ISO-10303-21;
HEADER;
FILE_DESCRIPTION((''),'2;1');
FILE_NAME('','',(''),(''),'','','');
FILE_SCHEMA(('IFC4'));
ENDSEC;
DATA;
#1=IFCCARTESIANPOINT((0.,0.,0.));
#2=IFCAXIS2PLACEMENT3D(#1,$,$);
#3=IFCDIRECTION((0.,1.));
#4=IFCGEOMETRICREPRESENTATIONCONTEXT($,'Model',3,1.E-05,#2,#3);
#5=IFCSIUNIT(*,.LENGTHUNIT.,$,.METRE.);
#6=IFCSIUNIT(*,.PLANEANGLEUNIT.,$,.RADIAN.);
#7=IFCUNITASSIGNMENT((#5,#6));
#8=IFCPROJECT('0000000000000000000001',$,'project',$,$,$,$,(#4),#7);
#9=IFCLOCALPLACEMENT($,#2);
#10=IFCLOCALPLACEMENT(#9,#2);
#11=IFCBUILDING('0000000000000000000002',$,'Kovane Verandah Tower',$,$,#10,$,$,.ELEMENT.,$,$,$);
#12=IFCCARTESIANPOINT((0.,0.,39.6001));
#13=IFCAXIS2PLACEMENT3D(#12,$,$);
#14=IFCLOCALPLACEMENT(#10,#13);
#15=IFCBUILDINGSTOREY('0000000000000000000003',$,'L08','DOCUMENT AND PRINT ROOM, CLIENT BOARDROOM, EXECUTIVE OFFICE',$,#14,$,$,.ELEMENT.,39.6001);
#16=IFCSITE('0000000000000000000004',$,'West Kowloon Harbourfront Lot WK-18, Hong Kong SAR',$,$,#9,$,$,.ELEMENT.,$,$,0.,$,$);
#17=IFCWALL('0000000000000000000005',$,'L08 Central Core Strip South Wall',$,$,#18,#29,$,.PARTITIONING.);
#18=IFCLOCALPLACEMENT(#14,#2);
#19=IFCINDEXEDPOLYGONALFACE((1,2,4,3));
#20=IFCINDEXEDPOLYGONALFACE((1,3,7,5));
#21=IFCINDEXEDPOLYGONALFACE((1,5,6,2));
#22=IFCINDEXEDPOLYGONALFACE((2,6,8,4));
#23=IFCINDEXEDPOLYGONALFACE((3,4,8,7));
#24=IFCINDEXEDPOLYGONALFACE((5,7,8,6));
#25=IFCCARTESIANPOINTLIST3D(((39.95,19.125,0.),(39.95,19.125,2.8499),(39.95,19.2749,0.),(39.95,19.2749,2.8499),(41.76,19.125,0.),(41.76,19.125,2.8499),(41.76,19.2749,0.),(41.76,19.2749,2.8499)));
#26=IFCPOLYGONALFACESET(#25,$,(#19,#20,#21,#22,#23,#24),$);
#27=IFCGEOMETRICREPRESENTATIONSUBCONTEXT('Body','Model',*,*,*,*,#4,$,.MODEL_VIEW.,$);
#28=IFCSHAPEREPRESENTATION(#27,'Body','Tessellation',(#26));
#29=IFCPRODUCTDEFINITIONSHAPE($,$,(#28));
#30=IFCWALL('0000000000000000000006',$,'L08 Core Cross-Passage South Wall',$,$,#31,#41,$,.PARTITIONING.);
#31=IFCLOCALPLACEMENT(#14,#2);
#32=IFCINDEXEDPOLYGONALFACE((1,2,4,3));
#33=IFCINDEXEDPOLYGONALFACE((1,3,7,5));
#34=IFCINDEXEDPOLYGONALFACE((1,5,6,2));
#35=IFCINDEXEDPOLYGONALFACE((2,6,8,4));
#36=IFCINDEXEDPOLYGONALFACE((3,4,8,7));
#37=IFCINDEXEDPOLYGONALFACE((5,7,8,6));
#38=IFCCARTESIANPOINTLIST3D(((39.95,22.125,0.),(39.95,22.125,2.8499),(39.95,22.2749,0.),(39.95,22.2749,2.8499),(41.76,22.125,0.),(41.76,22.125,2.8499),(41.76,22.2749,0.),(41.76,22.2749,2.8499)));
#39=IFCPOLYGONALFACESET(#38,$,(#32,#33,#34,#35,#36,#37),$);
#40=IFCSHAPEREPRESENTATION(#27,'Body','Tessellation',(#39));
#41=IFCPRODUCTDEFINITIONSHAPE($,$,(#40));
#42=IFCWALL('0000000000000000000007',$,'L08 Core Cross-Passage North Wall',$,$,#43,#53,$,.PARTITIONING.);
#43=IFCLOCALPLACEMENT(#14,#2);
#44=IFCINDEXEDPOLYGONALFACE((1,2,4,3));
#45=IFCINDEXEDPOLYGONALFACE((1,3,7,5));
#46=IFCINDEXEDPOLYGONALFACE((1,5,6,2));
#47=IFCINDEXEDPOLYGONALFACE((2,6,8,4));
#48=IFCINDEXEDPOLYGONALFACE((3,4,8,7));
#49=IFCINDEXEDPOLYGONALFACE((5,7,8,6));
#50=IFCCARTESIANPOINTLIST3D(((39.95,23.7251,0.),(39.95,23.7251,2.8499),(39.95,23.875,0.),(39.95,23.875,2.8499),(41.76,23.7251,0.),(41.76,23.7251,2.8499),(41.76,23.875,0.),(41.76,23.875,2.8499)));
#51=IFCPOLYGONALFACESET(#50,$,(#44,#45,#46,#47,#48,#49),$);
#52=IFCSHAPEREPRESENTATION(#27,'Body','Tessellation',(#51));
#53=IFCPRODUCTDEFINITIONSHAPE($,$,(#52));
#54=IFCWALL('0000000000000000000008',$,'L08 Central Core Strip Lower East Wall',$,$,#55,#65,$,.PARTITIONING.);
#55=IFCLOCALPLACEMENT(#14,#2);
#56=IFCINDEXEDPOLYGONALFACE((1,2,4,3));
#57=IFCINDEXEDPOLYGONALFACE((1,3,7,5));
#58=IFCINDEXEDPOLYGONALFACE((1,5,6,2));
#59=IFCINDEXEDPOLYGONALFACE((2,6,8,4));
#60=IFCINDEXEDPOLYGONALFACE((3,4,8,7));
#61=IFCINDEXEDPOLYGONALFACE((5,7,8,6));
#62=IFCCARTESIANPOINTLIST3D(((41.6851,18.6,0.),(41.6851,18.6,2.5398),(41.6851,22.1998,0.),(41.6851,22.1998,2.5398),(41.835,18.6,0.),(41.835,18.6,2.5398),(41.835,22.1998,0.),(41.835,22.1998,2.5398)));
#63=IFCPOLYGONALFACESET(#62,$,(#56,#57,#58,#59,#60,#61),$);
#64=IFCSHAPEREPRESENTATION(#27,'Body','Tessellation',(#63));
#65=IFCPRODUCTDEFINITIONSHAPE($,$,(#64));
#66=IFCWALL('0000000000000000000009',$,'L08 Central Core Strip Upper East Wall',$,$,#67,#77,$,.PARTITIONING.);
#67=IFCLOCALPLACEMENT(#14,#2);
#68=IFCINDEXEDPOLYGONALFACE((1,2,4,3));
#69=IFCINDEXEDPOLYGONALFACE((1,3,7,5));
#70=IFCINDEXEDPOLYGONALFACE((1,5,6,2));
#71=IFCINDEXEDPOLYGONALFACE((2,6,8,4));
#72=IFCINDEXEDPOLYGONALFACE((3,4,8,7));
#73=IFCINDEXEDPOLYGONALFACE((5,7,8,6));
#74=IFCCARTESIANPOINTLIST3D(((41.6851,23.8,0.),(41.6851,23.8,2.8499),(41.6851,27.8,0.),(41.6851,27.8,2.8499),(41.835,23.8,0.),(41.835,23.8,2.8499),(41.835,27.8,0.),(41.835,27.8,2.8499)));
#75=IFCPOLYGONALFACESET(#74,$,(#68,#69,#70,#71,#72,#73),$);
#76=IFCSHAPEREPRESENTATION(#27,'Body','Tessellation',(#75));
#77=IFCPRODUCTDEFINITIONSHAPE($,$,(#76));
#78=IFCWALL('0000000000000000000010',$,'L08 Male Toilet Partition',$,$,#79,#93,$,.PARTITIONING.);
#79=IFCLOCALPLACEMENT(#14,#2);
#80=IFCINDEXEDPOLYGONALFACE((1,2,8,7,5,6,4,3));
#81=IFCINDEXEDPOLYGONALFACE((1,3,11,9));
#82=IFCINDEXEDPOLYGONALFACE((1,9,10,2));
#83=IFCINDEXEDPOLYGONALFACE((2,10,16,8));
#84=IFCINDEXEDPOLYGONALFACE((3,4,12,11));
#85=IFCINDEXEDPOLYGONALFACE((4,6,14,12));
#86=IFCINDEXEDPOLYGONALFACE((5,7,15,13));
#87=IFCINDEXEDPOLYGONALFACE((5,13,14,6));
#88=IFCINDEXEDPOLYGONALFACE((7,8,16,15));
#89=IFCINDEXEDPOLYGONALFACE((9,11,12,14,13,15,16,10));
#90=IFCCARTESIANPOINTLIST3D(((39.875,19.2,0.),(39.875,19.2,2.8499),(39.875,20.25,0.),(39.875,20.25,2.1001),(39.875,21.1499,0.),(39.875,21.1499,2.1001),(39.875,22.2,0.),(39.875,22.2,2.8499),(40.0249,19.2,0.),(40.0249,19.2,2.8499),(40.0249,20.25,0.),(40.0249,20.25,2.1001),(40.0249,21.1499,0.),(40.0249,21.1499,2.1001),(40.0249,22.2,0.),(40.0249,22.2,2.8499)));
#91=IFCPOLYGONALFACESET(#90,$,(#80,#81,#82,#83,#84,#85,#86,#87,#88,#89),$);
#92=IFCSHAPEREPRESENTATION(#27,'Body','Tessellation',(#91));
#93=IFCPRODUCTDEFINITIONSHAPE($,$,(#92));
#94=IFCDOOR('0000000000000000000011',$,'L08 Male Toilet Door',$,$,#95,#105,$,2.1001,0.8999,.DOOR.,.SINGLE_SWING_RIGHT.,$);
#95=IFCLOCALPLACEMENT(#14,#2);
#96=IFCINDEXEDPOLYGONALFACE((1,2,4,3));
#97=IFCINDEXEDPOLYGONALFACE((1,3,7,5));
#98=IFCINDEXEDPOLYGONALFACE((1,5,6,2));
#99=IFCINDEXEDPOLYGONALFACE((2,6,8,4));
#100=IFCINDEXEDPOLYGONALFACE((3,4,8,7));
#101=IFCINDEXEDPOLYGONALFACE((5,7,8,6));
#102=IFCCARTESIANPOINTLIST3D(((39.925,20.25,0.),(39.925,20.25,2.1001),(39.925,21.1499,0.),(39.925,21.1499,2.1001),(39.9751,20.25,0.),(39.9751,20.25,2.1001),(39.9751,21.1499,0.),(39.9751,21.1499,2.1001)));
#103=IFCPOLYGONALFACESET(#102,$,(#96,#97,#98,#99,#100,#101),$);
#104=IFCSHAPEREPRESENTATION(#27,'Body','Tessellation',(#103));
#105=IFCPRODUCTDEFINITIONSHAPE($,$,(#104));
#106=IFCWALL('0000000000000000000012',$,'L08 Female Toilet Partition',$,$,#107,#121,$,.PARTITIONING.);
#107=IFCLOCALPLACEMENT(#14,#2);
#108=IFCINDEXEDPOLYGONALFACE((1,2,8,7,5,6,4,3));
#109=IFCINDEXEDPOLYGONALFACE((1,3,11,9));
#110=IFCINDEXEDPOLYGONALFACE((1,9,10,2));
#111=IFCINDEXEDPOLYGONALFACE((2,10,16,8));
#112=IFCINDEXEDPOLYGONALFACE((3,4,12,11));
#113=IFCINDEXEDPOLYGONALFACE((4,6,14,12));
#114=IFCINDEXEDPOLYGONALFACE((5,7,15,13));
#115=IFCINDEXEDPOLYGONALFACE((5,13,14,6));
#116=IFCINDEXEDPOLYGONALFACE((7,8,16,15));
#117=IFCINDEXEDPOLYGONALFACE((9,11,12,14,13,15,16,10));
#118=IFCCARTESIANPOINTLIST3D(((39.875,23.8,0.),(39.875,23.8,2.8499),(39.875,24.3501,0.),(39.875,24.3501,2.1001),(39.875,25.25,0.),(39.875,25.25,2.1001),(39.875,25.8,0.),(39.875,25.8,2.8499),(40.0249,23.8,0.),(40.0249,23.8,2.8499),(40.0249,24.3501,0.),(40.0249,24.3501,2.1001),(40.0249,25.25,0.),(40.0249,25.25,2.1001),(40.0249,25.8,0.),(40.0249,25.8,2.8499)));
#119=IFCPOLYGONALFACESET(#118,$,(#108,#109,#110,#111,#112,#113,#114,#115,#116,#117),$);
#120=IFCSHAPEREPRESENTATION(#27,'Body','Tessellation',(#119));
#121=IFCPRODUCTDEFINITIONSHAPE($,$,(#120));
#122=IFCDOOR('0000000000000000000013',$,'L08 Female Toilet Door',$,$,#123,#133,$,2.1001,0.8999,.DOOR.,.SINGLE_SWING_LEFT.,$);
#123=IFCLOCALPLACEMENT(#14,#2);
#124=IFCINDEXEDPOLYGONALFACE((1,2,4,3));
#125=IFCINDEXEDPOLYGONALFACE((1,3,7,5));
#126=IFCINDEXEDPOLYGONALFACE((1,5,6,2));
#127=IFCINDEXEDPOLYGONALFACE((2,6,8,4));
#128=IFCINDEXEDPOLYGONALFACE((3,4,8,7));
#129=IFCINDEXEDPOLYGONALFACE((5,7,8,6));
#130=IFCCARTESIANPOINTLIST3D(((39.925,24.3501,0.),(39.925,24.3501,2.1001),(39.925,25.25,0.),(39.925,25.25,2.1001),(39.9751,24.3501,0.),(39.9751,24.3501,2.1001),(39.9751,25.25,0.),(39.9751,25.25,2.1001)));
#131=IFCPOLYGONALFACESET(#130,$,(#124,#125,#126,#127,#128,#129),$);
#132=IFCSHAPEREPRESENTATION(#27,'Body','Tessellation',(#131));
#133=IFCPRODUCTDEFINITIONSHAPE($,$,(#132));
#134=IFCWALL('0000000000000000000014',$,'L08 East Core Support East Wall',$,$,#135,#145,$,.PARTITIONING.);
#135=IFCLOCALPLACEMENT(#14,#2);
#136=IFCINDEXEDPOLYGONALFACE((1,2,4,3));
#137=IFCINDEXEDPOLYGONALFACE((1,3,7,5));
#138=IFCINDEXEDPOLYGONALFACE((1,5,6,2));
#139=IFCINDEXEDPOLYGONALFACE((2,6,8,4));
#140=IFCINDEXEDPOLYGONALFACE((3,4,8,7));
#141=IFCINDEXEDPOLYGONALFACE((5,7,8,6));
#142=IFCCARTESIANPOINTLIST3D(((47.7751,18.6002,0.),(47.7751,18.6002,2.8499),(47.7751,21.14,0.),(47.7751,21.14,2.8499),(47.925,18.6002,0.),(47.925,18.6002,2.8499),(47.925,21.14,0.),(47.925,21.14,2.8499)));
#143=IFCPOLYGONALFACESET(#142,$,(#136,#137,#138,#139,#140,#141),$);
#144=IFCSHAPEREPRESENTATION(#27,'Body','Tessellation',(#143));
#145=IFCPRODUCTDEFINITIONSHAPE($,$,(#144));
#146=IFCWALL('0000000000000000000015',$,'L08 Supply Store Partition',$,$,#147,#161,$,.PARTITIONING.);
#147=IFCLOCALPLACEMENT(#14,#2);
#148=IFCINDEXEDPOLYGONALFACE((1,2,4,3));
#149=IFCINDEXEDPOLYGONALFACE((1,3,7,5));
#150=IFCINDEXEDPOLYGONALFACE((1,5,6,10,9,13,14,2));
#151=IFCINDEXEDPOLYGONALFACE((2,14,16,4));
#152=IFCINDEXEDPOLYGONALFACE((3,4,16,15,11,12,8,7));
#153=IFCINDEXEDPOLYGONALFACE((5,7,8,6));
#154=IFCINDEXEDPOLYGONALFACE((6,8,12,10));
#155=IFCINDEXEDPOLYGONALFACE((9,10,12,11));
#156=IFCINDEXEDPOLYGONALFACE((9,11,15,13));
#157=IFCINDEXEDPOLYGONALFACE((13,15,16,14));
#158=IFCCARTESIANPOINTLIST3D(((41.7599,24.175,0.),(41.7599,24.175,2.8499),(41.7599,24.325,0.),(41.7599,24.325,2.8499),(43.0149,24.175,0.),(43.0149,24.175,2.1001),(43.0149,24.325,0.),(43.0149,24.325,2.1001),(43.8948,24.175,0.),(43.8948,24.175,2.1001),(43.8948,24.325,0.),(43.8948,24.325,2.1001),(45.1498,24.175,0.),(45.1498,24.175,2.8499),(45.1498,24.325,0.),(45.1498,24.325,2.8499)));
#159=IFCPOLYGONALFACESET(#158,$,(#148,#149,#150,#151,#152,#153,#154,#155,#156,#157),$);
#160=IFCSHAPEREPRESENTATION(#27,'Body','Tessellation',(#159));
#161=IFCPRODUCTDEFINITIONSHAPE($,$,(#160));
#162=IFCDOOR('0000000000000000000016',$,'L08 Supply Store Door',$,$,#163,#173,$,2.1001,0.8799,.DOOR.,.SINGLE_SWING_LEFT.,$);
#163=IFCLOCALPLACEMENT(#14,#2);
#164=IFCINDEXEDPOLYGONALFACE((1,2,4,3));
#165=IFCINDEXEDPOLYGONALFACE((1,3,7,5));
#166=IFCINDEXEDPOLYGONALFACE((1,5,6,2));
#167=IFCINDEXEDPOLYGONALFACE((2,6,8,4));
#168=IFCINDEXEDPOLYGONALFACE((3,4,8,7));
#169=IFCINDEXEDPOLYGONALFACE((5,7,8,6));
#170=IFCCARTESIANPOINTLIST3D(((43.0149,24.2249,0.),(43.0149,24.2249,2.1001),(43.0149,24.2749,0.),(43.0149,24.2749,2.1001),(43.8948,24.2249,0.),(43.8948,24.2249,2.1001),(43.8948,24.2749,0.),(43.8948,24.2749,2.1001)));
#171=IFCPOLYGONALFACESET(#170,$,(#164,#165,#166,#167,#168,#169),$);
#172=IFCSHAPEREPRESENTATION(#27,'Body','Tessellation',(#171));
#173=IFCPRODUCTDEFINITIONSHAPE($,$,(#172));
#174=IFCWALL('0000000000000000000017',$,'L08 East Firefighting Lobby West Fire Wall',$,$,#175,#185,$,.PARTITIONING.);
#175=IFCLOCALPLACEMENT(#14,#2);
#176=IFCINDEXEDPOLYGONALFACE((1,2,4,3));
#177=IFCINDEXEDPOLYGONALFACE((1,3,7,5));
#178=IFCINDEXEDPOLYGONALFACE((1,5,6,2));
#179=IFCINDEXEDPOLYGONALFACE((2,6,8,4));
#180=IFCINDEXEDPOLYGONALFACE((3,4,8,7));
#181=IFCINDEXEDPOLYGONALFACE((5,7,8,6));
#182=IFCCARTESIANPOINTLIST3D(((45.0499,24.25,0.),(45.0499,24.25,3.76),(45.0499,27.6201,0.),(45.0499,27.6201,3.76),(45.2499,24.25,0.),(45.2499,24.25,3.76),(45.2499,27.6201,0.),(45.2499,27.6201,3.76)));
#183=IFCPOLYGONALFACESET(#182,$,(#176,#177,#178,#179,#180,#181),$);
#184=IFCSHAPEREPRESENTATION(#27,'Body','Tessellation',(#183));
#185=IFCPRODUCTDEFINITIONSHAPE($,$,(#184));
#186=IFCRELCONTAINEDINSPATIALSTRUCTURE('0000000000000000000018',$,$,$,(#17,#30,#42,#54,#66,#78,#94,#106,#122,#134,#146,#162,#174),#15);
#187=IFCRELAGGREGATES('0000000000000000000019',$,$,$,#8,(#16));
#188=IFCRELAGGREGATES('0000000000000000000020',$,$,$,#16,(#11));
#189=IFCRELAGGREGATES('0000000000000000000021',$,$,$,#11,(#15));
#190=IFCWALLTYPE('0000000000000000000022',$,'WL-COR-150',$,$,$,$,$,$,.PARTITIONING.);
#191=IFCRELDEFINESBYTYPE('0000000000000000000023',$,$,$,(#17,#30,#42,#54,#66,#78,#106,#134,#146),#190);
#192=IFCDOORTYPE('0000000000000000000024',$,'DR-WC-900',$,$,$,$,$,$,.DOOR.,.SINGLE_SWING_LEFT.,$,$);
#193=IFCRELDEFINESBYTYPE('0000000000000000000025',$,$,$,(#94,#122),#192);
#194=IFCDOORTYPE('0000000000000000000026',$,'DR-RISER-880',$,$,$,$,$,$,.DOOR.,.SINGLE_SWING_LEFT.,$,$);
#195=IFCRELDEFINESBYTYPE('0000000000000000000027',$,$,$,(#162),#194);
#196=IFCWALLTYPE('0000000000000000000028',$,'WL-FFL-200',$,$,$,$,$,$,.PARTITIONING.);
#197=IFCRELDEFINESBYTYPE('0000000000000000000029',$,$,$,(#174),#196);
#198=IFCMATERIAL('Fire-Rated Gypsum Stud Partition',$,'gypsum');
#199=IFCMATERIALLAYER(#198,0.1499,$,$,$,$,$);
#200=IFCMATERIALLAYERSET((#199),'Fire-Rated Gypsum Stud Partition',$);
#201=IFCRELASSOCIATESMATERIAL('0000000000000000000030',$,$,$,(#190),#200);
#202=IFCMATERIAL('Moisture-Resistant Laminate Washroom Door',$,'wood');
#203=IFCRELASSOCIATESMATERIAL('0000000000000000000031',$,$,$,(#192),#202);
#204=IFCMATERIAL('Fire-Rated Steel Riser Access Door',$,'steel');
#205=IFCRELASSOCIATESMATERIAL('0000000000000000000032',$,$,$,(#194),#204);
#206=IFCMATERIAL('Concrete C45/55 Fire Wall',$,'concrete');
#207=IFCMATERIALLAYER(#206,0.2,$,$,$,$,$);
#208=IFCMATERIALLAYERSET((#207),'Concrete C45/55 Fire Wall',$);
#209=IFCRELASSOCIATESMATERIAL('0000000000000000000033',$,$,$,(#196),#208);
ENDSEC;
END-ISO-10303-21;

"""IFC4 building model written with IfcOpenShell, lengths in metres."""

from ifc_helpers import new_model, si_unit, direction, frame, frame_2d, origin, place, context, subcontext, project, spatial, rectangle, extrude, material, layer, layer_set, type_object, element, fill, save


model = new_model("IFC4")

# Units and contexts
model_context = context("Model", 3, precision=1e-05, world=origin(), true_north=direction((0.0, 1.0)))
body_context = subcontext(model_context, "Body", "Model", "MODEL_VIEW")
ifc_project = project(units=[si_unit("LENGTHUNIT", "METRE"), si_unit("PLANEANGLEUNIT", "RADIAN")], contexts=[model_context])

# Site, building, storey
site_placement = place(None, origin())
site = spatial("IfcSite", under=ifc_project, at=site_placement, Name="West Kowloon Harbourfront Lot WK-18, Hong Kong SAR", CompositionType="ELEMENT", RefElevation=0.0)
building_placement = place(site_placement, origin())
building = spatial("IfcBuilding", under=site, at=building_placement, Name="Kovane Verandah Tower", CompositionType="ELEMENT")
storey_placement = place(building_placement, frame((0.0, 0.0, 39.6001)))
storey = spatial("IfcBuildingStorey", under=building, at=storey_placement, Name="L08", Description="DOCUMENT AND PRINT ROOM, CLIENT BOARDROOM, EXECUTIVE OFFICE", CompositionType="ELEMENT", Elevation=39.6001)

# Walls
ifc_material_1 = material(Name="Fire-Rated Gypsum Stud Partition", Category="gypsum")
ifc_layer_1 = layer(ifc_material_1, 0.1499)
ifc_layer_set_1 = layer_set([ifc_layer_1], Name="Fire-Rated Gypsum Stud Partition")
wall_type_1 = type_object("IfcWallType", Name="WL-COR-150", PredefinedType="PARTITIONING", material=ifc_layer_set_1)
for number, where, z_axis, x_axis, name in (
    (1, (39.95, 19.2, 0.0), (0.0, 0.0, 1.0), (1.0, 0.0, 0.0), "L08 Central Core Strip South Wall"),
    (2, (39.95, 22.2, 0.0), (0.0, 0.0, 1.0), (1.0, 0.0, 0.0), "L08 Core Cross-Passage South Wall"),
    (3, (39.95, 23.8, 0.0), (0.0, 0.0, 1.0), (1.0, 0.0, 0.0), "L08 Core Cross-Passage North Wall"),
):
    element("IfcWall", number, at=place(storey_placement, frame(where, z_axis=z_axis, x_axis=x_axis)), inside=storey, type_object=wall_type_1, Name=name, PredefinedType="PARTITIONING", context=body_context, shape_type="SweptSolid", body=[
        extrude(rectangle(XDim=1.8101, YDim=0.1499, at=frame_2d((0.905, 0.0))), origin(), (0.0, 0.0, 1.0), 2.8499),
    ])
wall_1_placement = place(storey_placement, frame((41.76, 18.6001, 0.0), z_axis=(0.0, 0.0, 1.0), x_axis=(0.0, 1.0, 0.0)))
element("IfcWall", 4, at=wall_1_placement, inside=storey, type_object=wall_type_1, Name="L08 Central Core Strip Lower East Wall", PredefinedType="PARTITIONING", context=body_context, shape_type="SweptSolid", body=[
    extrude(rectangle(XDim=3.5999, YDim=0.1499, at=frame_2d((1.7998, 0.0))), origin(), (0.0, 0.0, 1.0), 2.5398),
])
wall_2_placement = place(storey_placement, frame((41.76, 23.8, 0.0), z_axis=(0.0, 0.0, 1.0), x_axis=(0.0, 1.0, 0.0)))
element("IfcWall", 5, at=wall_2_placement, inside=storey, type_object=wall_type_1, Name="L08 Central Core Strip Upper East Wall", PredefinedType="PARTITIONING", context=body_context, shape_type="SweptSolid", body=[
    extrude(rectangle(XDim=4.0, YDim=0.1499, at=frame_2d((2.0, 0.0))), origin(), (0.0, 0.0, 1.0), 2.8499),
])

# Walls, openings, doors
wall_3_placement = place(storey_placement, frame((39.95, 19.2, 0.0), z_axis=(0.0, 0.0, 1.0), x_axis=(0.0, 1.0, 0.0)))
wall_3 = element("IfcWall", 6, at=wall_3_placement, inside=storey, type_object=wall_type_1, Name="L08 Male Toilet Partition", PredefinedType="PARTITIONING", context=body_context, shape_type="SweptSolid", body=[
    extrude(rectangle(XDim=3.0, YDim=0.1499, at=frame_2d((1.5, 0.0))), origin(), (0.0, 0.0, 1.0), 2.8499),
])
opening_1_placement = place(wall_3_placement, frame((1.05, 0.0, 0.0)))
opening_1 = element("IfcOpeningElement", 7, at=opening_1_placement, cuts=wall_3, PredefinedType="OPENING", context=body_context, shape_type="SweptSolid", body=[
    extrude(rectangle(XDim=0.8999, YDim=2.1001, at=frame_2d((0.45, 1.05))), frame((0.0, 0.075, 0.0), z_axis=(0.0, -1.0, 0.0), x_axis=(1.0, 0.0, 0.0)), (0.0, 0.0, 1.0), 0.1499),
])
ifc_material_2 = material(Name="Moisture-Resistant Laminate Washroom Door", Category="wood")
door_type_1 = type_object("IfcDoorType", Name="DR-WC-900", OperationType="SINGLE_SWING_LEFT", PredefinedType="DOOR", material=ifc_material_2)
door_1_placement = place(opening_1_placement, origin())
door_1 = element("IfcDoor", 8, at=door_1_placement, inside=storey, type_object=door_type_1, Name="L08 Male Toilet Door", OperationType="SINGLE_SWING_RIGHT", OverallHeight=2.1001, OverallWidth=0.8999, PredefinedType="DOOR", context=body_context, shape_type="SweptSolid", body=[
    extrude(rectangle(XDim=0.8999, YDim=2.1001, at=frame_2d((0.45, 1.05))), frame((0.0, 0.0249, 0.0), z_axis=(0.0, -1.0, 0.0), x_axis=(1.0, 0.0, 0.0)), (0.0, 0.0, 1.0), 0.05),
])
fill(opening_1, door_1)
wall_4_placement = place(storey_placement, frame((39.95, 23.8, 0.0), z_axis=(0.0, 0.0, 1.0), x_axis=(0.0, 1.0, 0.0)))
wall_4 = element("IfcWall", 9, at=wall_4_placement, inside=storey, type_object=wall_type_1, Name="L08 Female Toilet Partition", PredefinedType="PARTITIONING", context=body_context, shape_type="SweptSolid", body=[
    extrude(rectangle(XDim=2.0, YDim=0.1499, at=frame_2d((1.0, 0.0))), origin(), (0.0, 0.0, 1.0), 2.8499),
])
opening_2_placement = place(wall_4_placement, frame((0.55, 0.0, 0.0)))
opening_2 = element("IfcOpeningElement", 10, at=opening_2_placement, cuts=wall_4, PredefinedType="OPENING", context=body_context, shape_type="SweptSolid", body=[
    extrude(rectangle(XDim=0.8999, YDim=2.1001, at=frame_2d((0.45, 1.05))), frame((0.0, 0.075, 0.0), z_axis=(0.0, -1.0, 0.0), x_axis=(1.0, 0.0, 0.0)), (0.0, 0.0, 1.0), 0.1499),
])
door_2_placement = place(opening_2_placement, origin())
door_2 = element("IfcDoor", 11, at=door_2_placement, inside=storey, type_object=door_type_1, Name="L08 Female Toilet Door", OperationType="SINGLE_SWING_LEFT", OverallHeight=2.1001, OverallWidth=0.8999, PredefinedType="DOOR", context=body_context, shape_type="SweptSolid", body=[
    extrude(rectangle(XDim=0.8999, YDim=2.1001, at=frame_2d((0.45, 1.05))), frame((0.0, 0.0249, 0.0), z_axis=(0.0, -1.0, 0.0), x_axis=(1.0, 0.0, 0.0)), (0.0, 0.0, 1.0), 0.05),
])
fill(opening_2, door_2)

# Wall
wall_5_placement = place(storey_placement, frame((47.8501, 18.6001, 0.0), z_axis=(0.0, 0.0, 1.0), x_axis=(0.0, 1.0, 0.0)))
element("IfcWall", 12, at=wall_5_placement, inside=storey, type_object=wall_type_1, Name="L08 East Core Support East Wall", PredefinedType="PARTITIONING", context=body_context, shape_type="SweptSolid", body=[
    extrude(rectangle(XDim=2.5398, YDim=0.1499, at=frame_2d((1.27, 0.0))), origin(), (0.0, 0.0, 1.0), 2.8499),
])

# Wall, opening, door
wall_6_placement = place(storey_placement, frame((41.76, 24.25, 0.0), z_axis=(0.0, 0.0, 1.0), x_axis=(1.0, 0.0, 0.0)))
wall_6 = element("IfcWall", 13, at=wall_6_placement, inside=storey, type_object=wall_type_1, Name="L08 Supply Store Partition", PredefinedType="PARTITIONING", context=body_context, shape_type="SweptSolid", body=[
    extrude(rectangle(XDim=3.3899, YDim=0.1499, at=frame_2d((1.6948, 0.0))), origin(), (0.0, 0.0, 1.0), 2.8499),
])
opening_3_placement = place(wall_6_placement, frame((1.2549, 0.0, 0.0)))
opening_3 = element("IfcOpeningElement", 14, at=opening_3_placement, cuts=wall_6, PredefinedType="OPENING", context=body_context, shape_type="SweptSolid", body=[
    extrude(rectangle(XDim=0.8799, YDim=2.1001, at=frame_2d((0.4399, 1.05))), frame((0.0, 0.075, 0.0), z_axis=(0.0, -1.0, 0.0), x_axis=(1.0, 0.0, 0.0)), (0.0, 0.0, 1.0), 0.1499),
])
ifc_material_3 = material(Name="Fire-Rated Steel Riser Access Door", Category="steel")
door_type_2 = type_object("IfcDoorType", Name="DR-RISER-880", OperationType="SINGLE_SWING_LEFT", PredefinedType="DOOR", material=ifc_material_3)
door_3_placement = place(opening_3_placement, origin())
door_3 = element("IfcDoor", 15, at=door_3_placement, inside=storey, type_object=door_type_2, Name="L08 Supply Store Door", OperationType="SINGLE_SWING_LEFT", OverallHeight=2.1001, OverallWidth=0.8799, PredefinedType="DOOR", context=body_context, shape_type="SweptSolid", body=[
    extrude(rectangle(XDim=0.8799, YDim=2.1001, at=frame_2d((0.4399, 1.05))), frame((0.0, 0.0249, 0.0), z_axis=(0.0, -1.0, 0.0), x_axis=(1.0, 0.0, 0.0)), (0.0, 0.0, 1.0), 0.05),
])
fill(opening_3, door_3)

# Wall
ifc_material_4 = material(Name="Concrete C45/55 Fire Wall", Category="concrete")
ifc_layer_2 = layer(ifc_material_4, 0.2)
ifc_layer_set_2 = layer_set([ifc_layer_2], Name="Concrete C45/55 Fire Wall")
wall_type_2 = type_object("IfcWallType", Name="WL-FFL-200", PredefinedType="PARTITIONING", material=ifc_layer_set_2)
wall_7_placement = place(storey_placement, frame((45.1499, 24.25, 0.0), z_axis=(0.0, 0.0, 1.0), x_axis=(0.0, 1.0, 0.0)))
element("IfcWall", 16, at=wall_7_placement, inside=storey, type_object=wall_type_2, Name="L08 East Firefighting Lobby West Fire Wall", PredefinedType="PARTITIONING", context=body_context, shape_type="SweptSolid", body=[
    extrude(rectangle(XDim=3.3701, YDim=0.2, at=frame_2d((1.6851, 0.0))), origin(), (0.0, 0.0, 1.0), 3.76),
])

save(model, "model.ifc")
